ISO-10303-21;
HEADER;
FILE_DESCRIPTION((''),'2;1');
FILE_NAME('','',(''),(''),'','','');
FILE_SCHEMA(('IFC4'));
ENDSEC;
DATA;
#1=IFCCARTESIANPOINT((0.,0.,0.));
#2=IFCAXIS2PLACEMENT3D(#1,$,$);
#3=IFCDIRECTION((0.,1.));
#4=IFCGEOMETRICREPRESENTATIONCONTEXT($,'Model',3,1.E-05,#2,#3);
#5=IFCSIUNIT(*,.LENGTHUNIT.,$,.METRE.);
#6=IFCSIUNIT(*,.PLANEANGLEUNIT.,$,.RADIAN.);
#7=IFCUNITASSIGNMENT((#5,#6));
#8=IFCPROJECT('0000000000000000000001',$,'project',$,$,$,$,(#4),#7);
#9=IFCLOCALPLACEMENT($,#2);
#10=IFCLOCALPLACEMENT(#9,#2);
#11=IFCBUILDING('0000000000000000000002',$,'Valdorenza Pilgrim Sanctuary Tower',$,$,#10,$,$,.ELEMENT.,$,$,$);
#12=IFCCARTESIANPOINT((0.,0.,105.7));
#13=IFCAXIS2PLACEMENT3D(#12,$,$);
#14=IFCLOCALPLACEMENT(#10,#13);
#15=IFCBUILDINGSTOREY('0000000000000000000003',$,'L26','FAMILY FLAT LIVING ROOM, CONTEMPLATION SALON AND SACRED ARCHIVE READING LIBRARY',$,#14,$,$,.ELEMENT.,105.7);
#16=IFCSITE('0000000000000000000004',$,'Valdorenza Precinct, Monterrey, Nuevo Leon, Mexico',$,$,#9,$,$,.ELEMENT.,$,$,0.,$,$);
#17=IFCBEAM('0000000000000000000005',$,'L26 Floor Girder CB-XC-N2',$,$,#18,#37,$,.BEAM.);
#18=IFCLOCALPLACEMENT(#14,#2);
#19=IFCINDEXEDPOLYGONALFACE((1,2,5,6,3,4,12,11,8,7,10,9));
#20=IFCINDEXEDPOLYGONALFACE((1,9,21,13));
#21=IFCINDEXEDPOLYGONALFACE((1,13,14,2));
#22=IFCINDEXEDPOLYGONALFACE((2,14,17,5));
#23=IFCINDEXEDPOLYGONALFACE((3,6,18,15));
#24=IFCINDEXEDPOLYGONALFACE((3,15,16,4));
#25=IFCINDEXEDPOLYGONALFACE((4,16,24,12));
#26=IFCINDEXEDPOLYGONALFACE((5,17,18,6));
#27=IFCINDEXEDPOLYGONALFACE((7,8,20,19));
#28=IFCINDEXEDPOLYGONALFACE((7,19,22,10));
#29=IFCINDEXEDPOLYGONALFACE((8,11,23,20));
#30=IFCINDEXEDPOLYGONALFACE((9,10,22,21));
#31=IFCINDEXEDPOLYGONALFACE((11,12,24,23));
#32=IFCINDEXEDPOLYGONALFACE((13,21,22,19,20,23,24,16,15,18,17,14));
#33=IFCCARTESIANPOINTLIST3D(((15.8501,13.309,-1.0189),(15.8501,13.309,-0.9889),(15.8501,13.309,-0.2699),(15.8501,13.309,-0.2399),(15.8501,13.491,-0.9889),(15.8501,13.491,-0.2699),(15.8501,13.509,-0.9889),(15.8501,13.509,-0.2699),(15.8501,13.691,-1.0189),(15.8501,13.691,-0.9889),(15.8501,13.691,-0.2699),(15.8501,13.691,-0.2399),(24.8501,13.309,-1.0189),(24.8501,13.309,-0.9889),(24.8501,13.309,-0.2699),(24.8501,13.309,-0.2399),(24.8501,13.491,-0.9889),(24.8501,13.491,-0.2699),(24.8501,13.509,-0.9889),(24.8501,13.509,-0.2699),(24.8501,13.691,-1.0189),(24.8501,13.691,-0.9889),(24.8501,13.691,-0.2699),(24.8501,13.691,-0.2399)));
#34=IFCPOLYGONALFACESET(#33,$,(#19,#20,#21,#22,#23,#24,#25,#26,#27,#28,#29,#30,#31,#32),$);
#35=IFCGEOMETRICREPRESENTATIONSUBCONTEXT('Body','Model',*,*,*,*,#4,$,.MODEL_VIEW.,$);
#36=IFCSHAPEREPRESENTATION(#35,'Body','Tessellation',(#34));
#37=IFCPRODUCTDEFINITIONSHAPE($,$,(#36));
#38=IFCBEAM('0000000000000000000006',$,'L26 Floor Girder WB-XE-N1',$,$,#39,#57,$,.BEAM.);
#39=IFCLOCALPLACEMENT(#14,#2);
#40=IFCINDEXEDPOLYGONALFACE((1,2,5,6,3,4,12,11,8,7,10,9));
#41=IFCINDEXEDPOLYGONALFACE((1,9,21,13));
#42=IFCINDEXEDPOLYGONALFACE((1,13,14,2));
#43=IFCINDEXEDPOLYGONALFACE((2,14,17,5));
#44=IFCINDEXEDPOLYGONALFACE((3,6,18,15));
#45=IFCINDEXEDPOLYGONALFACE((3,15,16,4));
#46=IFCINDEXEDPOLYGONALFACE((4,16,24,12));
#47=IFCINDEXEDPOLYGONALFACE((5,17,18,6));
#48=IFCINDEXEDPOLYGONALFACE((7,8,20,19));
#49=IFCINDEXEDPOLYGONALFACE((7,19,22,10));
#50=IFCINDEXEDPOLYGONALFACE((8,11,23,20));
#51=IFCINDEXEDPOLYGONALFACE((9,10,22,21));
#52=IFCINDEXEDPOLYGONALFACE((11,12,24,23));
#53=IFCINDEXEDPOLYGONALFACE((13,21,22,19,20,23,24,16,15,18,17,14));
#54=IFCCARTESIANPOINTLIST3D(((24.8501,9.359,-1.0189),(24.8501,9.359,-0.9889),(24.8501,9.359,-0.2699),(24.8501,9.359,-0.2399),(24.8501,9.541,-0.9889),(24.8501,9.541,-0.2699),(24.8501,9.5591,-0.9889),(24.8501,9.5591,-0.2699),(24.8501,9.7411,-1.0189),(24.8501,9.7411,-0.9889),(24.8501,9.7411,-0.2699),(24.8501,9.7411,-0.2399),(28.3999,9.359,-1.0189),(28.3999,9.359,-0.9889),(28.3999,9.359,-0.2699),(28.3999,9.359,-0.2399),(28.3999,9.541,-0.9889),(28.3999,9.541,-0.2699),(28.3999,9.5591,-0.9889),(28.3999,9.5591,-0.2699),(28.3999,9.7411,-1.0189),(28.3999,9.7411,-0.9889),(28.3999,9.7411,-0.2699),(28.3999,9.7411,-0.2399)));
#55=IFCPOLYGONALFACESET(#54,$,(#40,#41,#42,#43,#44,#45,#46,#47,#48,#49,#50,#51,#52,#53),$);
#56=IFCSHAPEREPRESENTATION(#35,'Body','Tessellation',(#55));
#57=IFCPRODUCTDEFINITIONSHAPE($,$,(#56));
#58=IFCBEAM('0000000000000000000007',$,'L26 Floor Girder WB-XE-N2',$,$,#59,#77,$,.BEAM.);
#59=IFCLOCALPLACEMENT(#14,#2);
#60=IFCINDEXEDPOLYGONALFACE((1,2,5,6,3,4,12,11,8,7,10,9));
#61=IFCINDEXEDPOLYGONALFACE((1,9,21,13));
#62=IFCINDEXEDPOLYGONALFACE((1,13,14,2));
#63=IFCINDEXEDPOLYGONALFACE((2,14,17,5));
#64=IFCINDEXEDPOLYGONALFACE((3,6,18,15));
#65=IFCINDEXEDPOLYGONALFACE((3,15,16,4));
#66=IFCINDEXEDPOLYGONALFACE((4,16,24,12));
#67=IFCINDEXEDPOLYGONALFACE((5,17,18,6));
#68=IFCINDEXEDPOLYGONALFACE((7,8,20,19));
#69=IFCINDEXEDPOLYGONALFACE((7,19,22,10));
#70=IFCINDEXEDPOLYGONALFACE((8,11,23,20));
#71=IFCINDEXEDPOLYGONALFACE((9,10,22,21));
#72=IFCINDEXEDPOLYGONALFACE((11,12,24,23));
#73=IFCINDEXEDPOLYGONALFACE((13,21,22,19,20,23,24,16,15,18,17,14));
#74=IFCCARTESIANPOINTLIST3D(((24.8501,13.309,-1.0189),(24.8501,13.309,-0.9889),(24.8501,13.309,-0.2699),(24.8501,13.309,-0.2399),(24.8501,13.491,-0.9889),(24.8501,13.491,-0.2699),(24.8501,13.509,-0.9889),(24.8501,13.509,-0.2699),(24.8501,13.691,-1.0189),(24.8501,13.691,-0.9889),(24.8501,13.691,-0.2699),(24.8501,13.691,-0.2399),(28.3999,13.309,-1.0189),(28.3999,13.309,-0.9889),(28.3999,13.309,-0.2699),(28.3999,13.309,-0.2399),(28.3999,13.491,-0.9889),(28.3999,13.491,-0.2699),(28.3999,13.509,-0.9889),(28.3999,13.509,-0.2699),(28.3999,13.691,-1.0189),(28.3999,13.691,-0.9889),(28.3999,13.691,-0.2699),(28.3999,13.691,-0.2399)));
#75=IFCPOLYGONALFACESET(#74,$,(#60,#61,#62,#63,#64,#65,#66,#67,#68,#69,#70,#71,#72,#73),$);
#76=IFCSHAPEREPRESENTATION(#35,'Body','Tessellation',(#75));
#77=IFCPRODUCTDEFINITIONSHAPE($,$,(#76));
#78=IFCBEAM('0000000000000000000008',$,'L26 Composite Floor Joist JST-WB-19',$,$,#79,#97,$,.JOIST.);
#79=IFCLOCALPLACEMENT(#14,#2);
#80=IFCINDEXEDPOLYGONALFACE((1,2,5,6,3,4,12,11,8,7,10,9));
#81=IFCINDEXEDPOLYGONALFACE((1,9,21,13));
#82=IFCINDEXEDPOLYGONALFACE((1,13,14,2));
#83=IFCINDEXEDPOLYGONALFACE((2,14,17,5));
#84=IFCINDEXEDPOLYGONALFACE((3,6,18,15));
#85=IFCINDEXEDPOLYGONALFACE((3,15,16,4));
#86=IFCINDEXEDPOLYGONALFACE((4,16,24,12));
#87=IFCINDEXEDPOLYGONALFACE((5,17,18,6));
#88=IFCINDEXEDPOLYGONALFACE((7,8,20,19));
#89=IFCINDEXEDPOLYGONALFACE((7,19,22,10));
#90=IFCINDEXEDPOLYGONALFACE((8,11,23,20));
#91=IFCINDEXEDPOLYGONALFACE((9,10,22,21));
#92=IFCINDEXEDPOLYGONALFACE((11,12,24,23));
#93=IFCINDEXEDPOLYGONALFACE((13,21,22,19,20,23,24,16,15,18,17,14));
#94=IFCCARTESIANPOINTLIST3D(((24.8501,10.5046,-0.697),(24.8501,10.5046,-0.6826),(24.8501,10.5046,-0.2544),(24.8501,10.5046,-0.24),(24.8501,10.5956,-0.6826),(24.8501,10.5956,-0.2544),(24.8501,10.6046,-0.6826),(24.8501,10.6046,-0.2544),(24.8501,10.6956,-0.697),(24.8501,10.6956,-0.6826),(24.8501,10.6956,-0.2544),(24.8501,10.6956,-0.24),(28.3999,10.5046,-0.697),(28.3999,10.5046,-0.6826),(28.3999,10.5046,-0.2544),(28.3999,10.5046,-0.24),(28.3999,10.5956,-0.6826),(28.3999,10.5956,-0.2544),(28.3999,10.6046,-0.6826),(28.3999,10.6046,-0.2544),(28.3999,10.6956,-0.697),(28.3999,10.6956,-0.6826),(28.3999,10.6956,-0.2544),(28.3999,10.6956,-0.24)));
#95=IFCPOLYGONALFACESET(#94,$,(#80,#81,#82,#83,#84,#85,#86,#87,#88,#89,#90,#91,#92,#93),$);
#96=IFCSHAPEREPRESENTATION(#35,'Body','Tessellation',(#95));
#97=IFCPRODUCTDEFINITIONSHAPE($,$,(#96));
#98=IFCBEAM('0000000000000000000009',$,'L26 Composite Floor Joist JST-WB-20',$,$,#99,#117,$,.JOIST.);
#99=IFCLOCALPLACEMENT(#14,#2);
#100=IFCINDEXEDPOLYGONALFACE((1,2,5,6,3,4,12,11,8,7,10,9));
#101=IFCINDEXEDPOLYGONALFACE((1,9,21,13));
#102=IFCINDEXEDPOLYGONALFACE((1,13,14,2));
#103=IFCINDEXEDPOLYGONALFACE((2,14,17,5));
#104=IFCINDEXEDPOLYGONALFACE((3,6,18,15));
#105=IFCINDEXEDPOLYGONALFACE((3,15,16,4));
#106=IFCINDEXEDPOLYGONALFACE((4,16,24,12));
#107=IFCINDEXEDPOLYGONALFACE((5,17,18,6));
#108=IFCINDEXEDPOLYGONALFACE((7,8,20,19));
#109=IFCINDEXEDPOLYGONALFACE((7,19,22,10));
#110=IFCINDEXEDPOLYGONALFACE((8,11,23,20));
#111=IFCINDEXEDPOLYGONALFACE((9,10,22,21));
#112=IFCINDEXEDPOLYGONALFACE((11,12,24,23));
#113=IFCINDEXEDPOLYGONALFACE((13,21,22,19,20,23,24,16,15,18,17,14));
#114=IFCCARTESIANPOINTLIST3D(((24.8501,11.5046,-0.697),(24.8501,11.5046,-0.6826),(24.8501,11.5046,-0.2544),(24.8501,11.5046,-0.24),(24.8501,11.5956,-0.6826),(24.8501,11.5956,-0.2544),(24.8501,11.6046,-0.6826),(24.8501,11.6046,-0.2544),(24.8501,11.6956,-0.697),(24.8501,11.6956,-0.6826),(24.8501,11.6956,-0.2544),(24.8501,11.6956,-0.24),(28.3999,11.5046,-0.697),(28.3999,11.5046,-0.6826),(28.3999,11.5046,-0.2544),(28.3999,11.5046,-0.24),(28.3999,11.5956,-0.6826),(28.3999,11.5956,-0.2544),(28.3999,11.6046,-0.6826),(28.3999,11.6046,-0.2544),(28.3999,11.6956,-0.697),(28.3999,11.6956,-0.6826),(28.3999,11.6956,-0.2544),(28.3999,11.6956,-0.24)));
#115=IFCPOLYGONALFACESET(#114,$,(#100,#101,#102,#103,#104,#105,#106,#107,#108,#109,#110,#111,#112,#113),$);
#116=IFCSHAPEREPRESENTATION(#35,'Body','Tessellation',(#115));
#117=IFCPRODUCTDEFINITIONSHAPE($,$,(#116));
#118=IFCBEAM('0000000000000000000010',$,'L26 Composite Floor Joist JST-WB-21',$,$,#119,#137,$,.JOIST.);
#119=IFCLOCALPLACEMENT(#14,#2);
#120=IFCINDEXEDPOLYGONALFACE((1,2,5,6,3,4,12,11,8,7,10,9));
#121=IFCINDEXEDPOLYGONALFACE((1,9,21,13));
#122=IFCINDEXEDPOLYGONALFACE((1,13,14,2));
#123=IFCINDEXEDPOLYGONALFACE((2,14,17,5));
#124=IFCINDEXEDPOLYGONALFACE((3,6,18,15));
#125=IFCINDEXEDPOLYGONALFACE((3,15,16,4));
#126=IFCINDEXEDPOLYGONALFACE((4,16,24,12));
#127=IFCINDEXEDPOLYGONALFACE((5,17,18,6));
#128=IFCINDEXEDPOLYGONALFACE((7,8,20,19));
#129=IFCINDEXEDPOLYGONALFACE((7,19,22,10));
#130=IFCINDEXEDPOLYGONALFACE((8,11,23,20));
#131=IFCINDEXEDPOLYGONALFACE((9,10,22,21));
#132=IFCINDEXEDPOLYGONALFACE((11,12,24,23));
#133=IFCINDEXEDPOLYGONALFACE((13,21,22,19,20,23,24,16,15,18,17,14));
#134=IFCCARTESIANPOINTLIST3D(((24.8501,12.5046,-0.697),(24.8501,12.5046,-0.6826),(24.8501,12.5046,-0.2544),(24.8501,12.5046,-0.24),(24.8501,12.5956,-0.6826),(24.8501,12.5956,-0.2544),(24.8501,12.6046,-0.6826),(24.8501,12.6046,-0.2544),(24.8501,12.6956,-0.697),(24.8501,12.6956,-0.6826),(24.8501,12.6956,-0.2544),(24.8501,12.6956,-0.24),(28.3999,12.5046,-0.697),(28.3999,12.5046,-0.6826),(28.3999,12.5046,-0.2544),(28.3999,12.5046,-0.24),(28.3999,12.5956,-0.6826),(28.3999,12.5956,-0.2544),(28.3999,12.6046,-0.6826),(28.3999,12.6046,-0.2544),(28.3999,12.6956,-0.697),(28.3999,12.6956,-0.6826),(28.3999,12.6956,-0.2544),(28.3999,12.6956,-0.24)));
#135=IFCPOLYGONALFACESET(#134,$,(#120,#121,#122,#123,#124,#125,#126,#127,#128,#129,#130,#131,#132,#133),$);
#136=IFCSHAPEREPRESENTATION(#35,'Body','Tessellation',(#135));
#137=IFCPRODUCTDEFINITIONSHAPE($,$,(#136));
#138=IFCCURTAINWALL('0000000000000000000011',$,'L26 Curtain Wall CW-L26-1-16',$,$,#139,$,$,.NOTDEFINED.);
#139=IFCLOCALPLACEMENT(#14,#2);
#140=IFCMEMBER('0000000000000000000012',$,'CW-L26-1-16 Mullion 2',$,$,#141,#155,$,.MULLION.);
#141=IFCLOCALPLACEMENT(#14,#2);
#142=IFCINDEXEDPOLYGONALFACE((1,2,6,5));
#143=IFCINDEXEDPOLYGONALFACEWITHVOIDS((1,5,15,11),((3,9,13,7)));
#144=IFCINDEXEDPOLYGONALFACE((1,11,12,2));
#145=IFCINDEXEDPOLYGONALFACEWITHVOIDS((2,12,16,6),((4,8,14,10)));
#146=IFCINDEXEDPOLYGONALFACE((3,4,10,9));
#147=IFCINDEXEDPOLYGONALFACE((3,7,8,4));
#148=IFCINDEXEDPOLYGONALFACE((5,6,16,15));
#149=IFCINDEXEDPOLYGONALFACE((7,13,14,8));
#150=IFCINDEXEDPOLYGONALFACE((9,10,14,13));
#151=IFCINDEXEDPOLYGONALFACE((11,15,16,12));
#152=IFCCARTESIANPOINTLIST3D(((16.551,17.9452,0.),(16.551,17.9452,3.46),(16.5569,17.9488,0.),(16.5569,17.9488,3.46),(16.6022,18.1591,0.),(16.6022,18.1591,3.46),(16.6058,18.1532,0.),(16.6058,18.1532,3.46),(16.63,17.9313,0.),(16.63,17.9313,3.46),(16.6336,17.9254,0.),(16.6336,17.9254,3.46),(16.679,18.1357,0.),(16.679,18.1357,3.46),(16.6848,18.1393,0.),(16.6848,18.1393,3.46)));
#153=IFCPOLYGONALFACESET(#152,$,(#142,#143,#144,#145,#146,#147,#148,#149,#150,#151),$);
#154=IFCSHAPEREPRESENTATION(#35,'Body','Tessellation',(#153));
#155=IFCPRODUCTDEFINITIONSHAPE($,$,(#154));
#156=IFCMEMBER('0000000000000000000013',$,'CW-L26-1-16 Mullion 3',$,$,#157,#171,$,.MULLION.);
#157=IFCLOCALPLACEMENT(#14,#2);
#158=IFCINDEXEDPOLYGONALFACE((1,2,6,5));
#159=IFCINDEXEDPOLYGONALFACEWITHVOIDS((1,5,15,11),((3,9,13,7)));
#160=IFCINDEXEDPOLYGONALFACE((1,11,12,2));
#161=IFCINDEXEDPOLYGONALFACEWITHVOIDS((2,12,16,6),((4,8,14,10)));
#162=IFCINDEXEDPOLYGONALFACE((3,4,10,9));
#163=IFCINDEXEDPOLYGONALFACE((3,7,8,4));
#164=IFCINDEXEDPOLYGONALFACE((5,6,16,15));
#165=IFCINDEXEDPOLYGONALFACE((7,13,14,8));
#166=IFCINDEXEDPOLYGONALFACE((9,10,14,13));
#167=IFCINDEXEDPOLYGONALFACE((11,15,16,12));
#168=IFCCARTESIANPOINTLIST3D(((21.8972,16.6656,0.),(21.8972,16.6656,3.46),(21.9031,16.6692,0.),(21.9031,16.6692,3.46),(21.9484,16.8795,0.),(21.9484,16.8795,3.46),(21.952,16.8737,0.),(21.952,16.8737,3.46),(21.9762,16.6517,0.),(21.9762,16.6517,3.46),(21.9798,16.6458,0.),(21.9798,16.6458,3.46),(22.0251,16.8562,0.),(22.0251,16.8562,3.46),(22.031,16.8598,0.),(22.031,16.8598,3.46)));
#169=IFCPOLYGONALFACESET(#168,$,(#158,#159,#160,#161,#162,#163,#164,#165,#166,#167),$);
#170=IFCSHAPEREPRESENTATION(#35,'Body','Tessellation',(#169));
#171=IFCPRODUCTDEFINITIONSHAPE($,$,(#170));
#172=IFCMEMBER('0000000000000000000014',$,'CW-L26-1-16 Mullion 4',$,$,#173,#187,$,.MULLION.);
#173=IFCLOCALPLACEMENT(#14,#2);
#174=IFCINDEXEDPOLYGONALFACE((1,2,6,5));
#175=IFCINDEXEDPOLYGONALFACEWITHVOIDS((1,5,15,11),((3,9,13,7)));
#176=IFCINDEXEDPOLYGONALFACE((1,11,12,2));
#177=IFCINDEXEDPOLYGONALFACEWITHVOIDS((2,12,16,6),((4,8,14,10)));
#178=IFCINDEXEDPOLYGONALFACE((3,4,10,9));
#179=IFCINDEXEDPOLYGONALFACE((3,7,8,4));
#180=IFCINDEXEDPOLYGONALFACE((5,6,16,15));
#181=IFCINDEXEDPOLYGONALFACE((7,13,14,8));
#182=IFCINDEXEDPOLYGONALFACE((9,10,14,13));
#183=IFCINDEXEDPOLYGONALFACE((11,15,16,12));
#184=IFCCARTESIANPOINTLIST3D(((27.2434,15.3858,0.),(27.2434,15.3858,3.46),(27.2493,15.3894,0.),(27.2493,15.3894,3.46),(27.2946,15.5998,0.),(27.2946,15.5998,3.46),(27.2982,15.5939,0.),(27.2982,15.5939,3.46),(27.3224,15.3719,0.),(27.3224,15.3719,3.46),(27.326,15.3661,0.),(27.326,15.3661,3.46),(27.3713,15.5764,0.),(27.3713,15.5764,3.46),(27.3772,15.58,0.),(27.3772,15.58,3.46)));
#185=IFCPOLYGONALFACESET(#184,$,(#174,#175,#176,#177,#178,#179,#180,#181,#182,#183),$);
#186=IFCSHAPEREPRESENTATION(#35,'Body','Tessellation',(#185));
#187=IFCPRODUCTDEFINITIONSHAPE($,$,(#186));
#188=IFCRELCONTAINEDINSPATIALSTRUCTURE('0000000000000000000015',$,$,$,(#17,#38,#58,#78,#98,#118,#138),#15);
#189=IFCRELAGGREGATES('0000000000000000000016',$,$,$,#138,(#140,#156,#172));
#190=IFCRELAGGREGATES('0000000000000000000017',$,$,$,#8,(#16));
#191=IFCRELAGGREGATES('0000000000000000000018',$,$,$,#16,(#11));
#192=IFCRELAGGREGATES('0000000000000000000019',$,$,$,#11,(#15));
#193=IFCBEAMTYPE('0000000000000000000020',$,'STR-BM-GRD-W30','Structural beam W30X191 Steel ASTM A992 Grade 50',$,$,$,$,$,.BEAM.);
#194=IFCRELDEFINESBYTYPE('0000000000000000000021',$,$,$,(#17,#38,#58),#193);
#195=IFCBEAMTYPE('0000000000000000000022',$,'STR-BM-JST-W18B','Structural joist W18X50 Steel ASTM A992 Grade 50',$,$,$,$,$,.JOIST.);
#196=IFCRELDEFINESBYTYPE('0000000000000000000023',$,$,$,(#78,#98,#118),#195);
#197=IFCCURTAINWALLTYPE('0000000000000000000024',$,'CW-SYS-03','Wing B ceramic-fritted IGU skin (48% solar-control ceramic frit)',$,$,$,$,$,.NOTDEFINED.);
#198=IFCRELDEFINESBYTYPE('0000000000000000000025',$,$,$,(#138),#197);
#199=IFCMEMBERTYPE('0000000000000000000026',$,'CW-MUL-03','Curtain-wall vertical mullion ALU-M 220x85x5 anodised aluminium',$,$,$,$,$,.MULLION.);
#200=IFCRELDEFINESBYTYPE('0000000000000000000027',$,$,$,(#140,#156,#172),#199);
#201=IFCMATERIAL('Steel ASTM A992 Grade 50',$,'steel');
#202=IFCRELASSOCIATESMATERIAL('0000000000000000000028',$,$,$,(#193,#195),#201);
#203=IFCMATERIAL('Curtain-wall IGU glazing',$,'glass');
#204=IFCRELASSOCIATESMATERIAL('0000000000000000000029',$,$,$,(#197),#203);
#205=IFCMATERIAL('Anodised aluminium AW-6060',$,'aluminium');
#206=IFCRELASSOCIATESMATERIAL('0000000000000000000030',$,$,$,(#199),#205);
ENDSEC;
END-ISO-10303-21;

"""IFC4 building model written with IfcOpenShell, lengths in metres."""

from ifc_helpers import new_model, si_unit, direction, frame, origin, origin_2d, place, context, subcontext, project, spatial, hollow_rectangle, i_section, extrude, source, transform, mapped, material, material_profile, profile_set, type_object, element, aggregate, save


model = new_model("IFC4")

# Units and contexts
model_context = context("Model", 3, precision=1e-05, world=origin(), true_north=direction((0.0, 1.0)))
body_context = subcontext(model_context, "Body", "Model", "MODEL_VIEW")
ifc_project = project(units=[si_unit("LENGTHUNIT", "METRE"), si_unit("PLANEANGLEUNIT", "RADIAN")], contexts=[model_context])

# Site, building, storey
site_placement = place(None, origin())
site = spatial("IfcSite", under=ifc_project, at=site_placement, Name="Valdorenza Precinct, Monterrey, Nuevo Leon, Mexico", CompositionType="ELEMENT", RefElevation=0.0)
building_placement = place(site_placement, origin())
building = spatial("IfcBuilding", under=site, at=building_placement, Name="Valdorenza Pilgrim Sanctuary Tower", CompositionType="ELEMENT")
storey_placement = place(building_placement, frame((0.0, 0.0, 105.7)))
storey = spatial("IfcBuildingStorey", under=building, at=storey_placement, Name="L26", Description="FAMILY FLAT LIVING ROOM, CONTEMPLATION SALON AND SACRED ARCHIVE READING LIBRARY", CompositionType="ELEMENT", Elevation=105.7)

# Shared definitions
ifc_material_1 = material(Name="Steel ASTM A992 Grade 50", Category="steel")

# Beams
ifc_material_profile_1 = material_profile(ifc_material_1, i_section(OverallWidth=0.3821, OverallDepth=0.7791, WebThickness=0.0181, FlangeThickness=0.03, at=origin_2d()), Name="W30X191")
ifc_profile_set_1 = profile_set([ifc_material_profile_1], Name="Steel ASTM A992 Grade 50")
beam_type_1 = type_object("IfcBeamType", Name="STR-BM-GRD-W30", Description="Structural beam W30X191 Steel ASTM A992 Grade 50", PredefinedType="BEAM", material=ifc_profile_set_1)
shared_shape_1 = source(origin(), body_context, "Body", "SweptSolid", [
    extrude(i_section(OverallWidth=0.3821, OverallDepth=0.7791, WebThickness=0.0181, FlangeThickness=0.03, at=origin_2d()), origin(), (0.0, 0.0, 1.0), 9.0),
])
for number, where, z_axis, x_axis, name in (
    (1, (15.8501, 13.5, -0.6294), (1.0, 0.0, 0.0), (0.0, 1.0, 0.0), "L26 Floor Girder CB-XC-N2"),
):
    element("IfcBeam", number, at=place(storey_placement, frame(where, z_axis=z_axis, x_axis=x_axis)), inside=storey, type_object=beam_type_1, Name=name, PredefinedType="BEAM", context=body_context, shape_type="MappedRepresentation", body=[
        mapped(shared_shape_1, transform((0.0, 0.0, 0.0), x_axis=(1.0, 0.0, 0.0), y_axis=(0.0, 1.0, 0.0), z_axis=(0.0, 0.0, 1.0), scale=1.0)),
    ])
shared_shape_2 = source(origin(), body_context, "Body", "SweptSolid", [
    extrude(i_section(OverallWidth=0.3821, OverallDepth=0.7791, WebThickness=0.0181, FlangeThickness=0.03, at=origin_2d()), origin(), (0.0, 0.0, 1.0), 3.5498),
])
for number, where, z_axis, x_axis, name in (
    (2, (24.8501, 9.55, -0.6294), (1.0, 0.0, 0.0), (0.0, 1.0, 0.0), "L26 Floor Girder WB-XE-N1"),
    (3, (24.8501, 13.5, -0.6294), (1.0, 0.0, 0.0), (0.0, 1.0, 0.0), "L26 Floor Girder WB-XE-N2"),
):
    element("IfcBeam", number, at=place(storey_placement, frame(where, z_axis=z_axis, x_axis=x_axis)), inside=storey, type_object=beam_type_1, Name=name, PredefinedType="BEAM", context=body_context, shape_type="MappedRepresentation", body=[
        mapped(shared_shape_2, transform((0.0, 0.0, 0.0), x_axis=(1.0, 0.0, 0.0), y_axis=(0.0, 1.0, 0.0), z_axis=(0.0, 0.0, 1.0), scale=1.0)),
    ])
ifc_material_profile_2 = material_profile(ifc_material_1, i_section(OverallWidth=0.1909, OverallDepth=0.457, WebThickness=0.009, FlangeThickness=0.0144, at=origin_2d()), Name="W18X50")
ifc_profile_set_2 = profile_set([ifc_material_profile_2], Name="Steel ASTM A992 Grade 50")
beam_type_2 = type_object("IfcBeamType", Name="STR-BM-JST-W18B", Description="Structural joist W18X50 Steel ASTM A992 Grade 50", PredefinedType="JOIST", material=ifc_profile_set_2)
shared_shape_3 = source(origin(), body_context, "Body", "SweptSolid", [
    extrude(i_section(OverallWidth=0.1909, OverallDepth=0.457, WebThickness=0.009, FlangeThickness=0.0144, at=origin_2d()), origin(), (0.0, 0.0, 1.0), 3.5498),
])
for number, where, z_axis, x_axis, name in (
    (4, (24.8501, 10.6001, -0.4685), (1.0, 0.0, 0.0), (0.0, 1.0, 0.0), "L26 Composite Floor Joist JST-WB-19"),
    (5, (24.8501, 11.6001, -0.4685), (1.0, 0.0, 0.0), (0.0, 1.0, 0.0), "L26 Composite Floor Joist JST-WB-20"),
    (6, (24.8501, 12.6001, -0.4685), (1.0, 0.0, 0.0), (0.0, 1.0, 0.0), "L26 Composite Floor Joist JST-WB-21"),
):
    element("IfcBeam", number, at=place(storey_placement, frame(where, z_axis=z_axis, x_axis=x_axis)), inside=storey, type_object=beam_type_2, Name=name, PredefinedType="JOIST", context=body_context, shape_type="MappedRepresentation", body=[
        mapped(shared_shape_3, transform((0.0, 0.0, 0.0), x_axis=(1.0, 0.0, 0.0), y_axis=(0.0, 1.0, 0.0), z_axis=(0.0, 0.0, 1.0), scale=1.0)),
    ])

# Curtain wall, members
ifc_material_2 = material(Name="Curtain-wall IGU glazing", Category="glass")
curtain_wall_type = type_object("IfcCurtainWallType", Name="CW-SYS-03", Description="Wing B ceramic-fritted IGU skin (48% solar-control ceramic frit)", PredefinedType="NOTDEFINED", material=ifc_material_2)
curtain_wall_1_placement = place(storey_placement, origin())
curtain_wall_1 = element("IfcCurtainWall", 7, at=curtain_wall_1_placement, inside=storey, type_object=curtain_wall_type, Name="L26 Curtain Wall CW-L26-1-16", PredefinedType="NOTDEFINED")
ifc_material_3 = material(Name="Anodised aluminium AW-6060", Category="aluminium")
ifc_material_profile_3 = material_profile(ifc_material_3, hollow_rectangle(XDim=0.085, YDim=0.22, WallThickness=0.0049, at=origin_2d()), Name="ALU-M 220x85x5")
ifc_profile_set_3 = profile_set([ifc_material_profile_3], Name="Anodised aluminium AW-6060")
member_type_1 = type_object("IfcMemberType", Name="CW-MUL-03", Description="Curtain-wall vertical mullion ALU-M 220x85x5 anodised aluminium", PredefinedType="MULLION", material=ifc_profile_set_3)
shared_shape_4 = source(origin(), body_context, "Body", "SweptSolid", [
    extrude(hollow_rectangle(XDim=0.085, YDim=0.22, WallThickness=0.0049, at=origin_2d()), origin(), (0.0, 0.0, 1.0), 3.46),
])
member_1_placement = place(storey_placement, frame((16.6179, 18.0422, 0.0), z_axis=(0.0, 0.0, 1.0), x_axis=(0.972529, -0.232783, 0.0)))
member_1 = element("IfcMember", 8, at=member_1_placement, type_object=member_type_1, Name="CW-L26-1-16 Mullion 2", PredefinedType="MULLION", context=body_context, shape_type="MappedRepresentation", body=[
    mapped(shared_shape_4, transform((0.0, 0.0, 0.0), x_axis=(1.0, 0.0, 0.0), y_axis=(0.0, 1.0, 0.0), z_axis=(0.0, 0.0, 1.0), scale=1.0)),
])
member_2_placement = place(storey_placement, frame((21.9641, 16.7627, 0.0), z_axis=(0.0, 0.0, 1.0), x_axis=(0.972529, -0.232783, 0.0)))
member_2 = element("IfcMember", 9, at=member_2_placement, type_object=member_type_1, Name="CW-L26-1-16 Mullion 3", PredefinedType="MULLION", context=body_context, shape_type="MappedRepresentation", body=[
    mapped(shared_shape_4, transform((0.0, 0.0, 0.0), x_axis=(1.0, 0.0, 0.0), y_axis=(0.0, 1.0, 0.0), z_axis=(0.0, 0.0, 1.0), scale=1.0)),
])
member_3_placement = place(storey_placement, frame((27.3103, 15.4829, 0.0), z_axis=(0.0, 0.0, 1.0), x_axis=(0.972529, -0.232783, 0.0)))
member_3 = element("IfcMember", 10, at=member_3_placement, type_object=member_type_1, Name="CW-L26-1-16 Mullion 4", PredefinedType="MULLION", context=body_context, shape_type="MappedRepresentation", body=[
    mapped(shared_shape_4, transform((0.0, 0.0, 0.0), x_axis=(1.0, 0.0, 0.0), y_axis=(0.0, 1.0, 0.0), z_axis=(0.0, 0.0, 1.0), scale=1.0)),
])

aggregate(curtain_wall_1, [member_1, member_2, member_3])

save(model, "model.ifc")
